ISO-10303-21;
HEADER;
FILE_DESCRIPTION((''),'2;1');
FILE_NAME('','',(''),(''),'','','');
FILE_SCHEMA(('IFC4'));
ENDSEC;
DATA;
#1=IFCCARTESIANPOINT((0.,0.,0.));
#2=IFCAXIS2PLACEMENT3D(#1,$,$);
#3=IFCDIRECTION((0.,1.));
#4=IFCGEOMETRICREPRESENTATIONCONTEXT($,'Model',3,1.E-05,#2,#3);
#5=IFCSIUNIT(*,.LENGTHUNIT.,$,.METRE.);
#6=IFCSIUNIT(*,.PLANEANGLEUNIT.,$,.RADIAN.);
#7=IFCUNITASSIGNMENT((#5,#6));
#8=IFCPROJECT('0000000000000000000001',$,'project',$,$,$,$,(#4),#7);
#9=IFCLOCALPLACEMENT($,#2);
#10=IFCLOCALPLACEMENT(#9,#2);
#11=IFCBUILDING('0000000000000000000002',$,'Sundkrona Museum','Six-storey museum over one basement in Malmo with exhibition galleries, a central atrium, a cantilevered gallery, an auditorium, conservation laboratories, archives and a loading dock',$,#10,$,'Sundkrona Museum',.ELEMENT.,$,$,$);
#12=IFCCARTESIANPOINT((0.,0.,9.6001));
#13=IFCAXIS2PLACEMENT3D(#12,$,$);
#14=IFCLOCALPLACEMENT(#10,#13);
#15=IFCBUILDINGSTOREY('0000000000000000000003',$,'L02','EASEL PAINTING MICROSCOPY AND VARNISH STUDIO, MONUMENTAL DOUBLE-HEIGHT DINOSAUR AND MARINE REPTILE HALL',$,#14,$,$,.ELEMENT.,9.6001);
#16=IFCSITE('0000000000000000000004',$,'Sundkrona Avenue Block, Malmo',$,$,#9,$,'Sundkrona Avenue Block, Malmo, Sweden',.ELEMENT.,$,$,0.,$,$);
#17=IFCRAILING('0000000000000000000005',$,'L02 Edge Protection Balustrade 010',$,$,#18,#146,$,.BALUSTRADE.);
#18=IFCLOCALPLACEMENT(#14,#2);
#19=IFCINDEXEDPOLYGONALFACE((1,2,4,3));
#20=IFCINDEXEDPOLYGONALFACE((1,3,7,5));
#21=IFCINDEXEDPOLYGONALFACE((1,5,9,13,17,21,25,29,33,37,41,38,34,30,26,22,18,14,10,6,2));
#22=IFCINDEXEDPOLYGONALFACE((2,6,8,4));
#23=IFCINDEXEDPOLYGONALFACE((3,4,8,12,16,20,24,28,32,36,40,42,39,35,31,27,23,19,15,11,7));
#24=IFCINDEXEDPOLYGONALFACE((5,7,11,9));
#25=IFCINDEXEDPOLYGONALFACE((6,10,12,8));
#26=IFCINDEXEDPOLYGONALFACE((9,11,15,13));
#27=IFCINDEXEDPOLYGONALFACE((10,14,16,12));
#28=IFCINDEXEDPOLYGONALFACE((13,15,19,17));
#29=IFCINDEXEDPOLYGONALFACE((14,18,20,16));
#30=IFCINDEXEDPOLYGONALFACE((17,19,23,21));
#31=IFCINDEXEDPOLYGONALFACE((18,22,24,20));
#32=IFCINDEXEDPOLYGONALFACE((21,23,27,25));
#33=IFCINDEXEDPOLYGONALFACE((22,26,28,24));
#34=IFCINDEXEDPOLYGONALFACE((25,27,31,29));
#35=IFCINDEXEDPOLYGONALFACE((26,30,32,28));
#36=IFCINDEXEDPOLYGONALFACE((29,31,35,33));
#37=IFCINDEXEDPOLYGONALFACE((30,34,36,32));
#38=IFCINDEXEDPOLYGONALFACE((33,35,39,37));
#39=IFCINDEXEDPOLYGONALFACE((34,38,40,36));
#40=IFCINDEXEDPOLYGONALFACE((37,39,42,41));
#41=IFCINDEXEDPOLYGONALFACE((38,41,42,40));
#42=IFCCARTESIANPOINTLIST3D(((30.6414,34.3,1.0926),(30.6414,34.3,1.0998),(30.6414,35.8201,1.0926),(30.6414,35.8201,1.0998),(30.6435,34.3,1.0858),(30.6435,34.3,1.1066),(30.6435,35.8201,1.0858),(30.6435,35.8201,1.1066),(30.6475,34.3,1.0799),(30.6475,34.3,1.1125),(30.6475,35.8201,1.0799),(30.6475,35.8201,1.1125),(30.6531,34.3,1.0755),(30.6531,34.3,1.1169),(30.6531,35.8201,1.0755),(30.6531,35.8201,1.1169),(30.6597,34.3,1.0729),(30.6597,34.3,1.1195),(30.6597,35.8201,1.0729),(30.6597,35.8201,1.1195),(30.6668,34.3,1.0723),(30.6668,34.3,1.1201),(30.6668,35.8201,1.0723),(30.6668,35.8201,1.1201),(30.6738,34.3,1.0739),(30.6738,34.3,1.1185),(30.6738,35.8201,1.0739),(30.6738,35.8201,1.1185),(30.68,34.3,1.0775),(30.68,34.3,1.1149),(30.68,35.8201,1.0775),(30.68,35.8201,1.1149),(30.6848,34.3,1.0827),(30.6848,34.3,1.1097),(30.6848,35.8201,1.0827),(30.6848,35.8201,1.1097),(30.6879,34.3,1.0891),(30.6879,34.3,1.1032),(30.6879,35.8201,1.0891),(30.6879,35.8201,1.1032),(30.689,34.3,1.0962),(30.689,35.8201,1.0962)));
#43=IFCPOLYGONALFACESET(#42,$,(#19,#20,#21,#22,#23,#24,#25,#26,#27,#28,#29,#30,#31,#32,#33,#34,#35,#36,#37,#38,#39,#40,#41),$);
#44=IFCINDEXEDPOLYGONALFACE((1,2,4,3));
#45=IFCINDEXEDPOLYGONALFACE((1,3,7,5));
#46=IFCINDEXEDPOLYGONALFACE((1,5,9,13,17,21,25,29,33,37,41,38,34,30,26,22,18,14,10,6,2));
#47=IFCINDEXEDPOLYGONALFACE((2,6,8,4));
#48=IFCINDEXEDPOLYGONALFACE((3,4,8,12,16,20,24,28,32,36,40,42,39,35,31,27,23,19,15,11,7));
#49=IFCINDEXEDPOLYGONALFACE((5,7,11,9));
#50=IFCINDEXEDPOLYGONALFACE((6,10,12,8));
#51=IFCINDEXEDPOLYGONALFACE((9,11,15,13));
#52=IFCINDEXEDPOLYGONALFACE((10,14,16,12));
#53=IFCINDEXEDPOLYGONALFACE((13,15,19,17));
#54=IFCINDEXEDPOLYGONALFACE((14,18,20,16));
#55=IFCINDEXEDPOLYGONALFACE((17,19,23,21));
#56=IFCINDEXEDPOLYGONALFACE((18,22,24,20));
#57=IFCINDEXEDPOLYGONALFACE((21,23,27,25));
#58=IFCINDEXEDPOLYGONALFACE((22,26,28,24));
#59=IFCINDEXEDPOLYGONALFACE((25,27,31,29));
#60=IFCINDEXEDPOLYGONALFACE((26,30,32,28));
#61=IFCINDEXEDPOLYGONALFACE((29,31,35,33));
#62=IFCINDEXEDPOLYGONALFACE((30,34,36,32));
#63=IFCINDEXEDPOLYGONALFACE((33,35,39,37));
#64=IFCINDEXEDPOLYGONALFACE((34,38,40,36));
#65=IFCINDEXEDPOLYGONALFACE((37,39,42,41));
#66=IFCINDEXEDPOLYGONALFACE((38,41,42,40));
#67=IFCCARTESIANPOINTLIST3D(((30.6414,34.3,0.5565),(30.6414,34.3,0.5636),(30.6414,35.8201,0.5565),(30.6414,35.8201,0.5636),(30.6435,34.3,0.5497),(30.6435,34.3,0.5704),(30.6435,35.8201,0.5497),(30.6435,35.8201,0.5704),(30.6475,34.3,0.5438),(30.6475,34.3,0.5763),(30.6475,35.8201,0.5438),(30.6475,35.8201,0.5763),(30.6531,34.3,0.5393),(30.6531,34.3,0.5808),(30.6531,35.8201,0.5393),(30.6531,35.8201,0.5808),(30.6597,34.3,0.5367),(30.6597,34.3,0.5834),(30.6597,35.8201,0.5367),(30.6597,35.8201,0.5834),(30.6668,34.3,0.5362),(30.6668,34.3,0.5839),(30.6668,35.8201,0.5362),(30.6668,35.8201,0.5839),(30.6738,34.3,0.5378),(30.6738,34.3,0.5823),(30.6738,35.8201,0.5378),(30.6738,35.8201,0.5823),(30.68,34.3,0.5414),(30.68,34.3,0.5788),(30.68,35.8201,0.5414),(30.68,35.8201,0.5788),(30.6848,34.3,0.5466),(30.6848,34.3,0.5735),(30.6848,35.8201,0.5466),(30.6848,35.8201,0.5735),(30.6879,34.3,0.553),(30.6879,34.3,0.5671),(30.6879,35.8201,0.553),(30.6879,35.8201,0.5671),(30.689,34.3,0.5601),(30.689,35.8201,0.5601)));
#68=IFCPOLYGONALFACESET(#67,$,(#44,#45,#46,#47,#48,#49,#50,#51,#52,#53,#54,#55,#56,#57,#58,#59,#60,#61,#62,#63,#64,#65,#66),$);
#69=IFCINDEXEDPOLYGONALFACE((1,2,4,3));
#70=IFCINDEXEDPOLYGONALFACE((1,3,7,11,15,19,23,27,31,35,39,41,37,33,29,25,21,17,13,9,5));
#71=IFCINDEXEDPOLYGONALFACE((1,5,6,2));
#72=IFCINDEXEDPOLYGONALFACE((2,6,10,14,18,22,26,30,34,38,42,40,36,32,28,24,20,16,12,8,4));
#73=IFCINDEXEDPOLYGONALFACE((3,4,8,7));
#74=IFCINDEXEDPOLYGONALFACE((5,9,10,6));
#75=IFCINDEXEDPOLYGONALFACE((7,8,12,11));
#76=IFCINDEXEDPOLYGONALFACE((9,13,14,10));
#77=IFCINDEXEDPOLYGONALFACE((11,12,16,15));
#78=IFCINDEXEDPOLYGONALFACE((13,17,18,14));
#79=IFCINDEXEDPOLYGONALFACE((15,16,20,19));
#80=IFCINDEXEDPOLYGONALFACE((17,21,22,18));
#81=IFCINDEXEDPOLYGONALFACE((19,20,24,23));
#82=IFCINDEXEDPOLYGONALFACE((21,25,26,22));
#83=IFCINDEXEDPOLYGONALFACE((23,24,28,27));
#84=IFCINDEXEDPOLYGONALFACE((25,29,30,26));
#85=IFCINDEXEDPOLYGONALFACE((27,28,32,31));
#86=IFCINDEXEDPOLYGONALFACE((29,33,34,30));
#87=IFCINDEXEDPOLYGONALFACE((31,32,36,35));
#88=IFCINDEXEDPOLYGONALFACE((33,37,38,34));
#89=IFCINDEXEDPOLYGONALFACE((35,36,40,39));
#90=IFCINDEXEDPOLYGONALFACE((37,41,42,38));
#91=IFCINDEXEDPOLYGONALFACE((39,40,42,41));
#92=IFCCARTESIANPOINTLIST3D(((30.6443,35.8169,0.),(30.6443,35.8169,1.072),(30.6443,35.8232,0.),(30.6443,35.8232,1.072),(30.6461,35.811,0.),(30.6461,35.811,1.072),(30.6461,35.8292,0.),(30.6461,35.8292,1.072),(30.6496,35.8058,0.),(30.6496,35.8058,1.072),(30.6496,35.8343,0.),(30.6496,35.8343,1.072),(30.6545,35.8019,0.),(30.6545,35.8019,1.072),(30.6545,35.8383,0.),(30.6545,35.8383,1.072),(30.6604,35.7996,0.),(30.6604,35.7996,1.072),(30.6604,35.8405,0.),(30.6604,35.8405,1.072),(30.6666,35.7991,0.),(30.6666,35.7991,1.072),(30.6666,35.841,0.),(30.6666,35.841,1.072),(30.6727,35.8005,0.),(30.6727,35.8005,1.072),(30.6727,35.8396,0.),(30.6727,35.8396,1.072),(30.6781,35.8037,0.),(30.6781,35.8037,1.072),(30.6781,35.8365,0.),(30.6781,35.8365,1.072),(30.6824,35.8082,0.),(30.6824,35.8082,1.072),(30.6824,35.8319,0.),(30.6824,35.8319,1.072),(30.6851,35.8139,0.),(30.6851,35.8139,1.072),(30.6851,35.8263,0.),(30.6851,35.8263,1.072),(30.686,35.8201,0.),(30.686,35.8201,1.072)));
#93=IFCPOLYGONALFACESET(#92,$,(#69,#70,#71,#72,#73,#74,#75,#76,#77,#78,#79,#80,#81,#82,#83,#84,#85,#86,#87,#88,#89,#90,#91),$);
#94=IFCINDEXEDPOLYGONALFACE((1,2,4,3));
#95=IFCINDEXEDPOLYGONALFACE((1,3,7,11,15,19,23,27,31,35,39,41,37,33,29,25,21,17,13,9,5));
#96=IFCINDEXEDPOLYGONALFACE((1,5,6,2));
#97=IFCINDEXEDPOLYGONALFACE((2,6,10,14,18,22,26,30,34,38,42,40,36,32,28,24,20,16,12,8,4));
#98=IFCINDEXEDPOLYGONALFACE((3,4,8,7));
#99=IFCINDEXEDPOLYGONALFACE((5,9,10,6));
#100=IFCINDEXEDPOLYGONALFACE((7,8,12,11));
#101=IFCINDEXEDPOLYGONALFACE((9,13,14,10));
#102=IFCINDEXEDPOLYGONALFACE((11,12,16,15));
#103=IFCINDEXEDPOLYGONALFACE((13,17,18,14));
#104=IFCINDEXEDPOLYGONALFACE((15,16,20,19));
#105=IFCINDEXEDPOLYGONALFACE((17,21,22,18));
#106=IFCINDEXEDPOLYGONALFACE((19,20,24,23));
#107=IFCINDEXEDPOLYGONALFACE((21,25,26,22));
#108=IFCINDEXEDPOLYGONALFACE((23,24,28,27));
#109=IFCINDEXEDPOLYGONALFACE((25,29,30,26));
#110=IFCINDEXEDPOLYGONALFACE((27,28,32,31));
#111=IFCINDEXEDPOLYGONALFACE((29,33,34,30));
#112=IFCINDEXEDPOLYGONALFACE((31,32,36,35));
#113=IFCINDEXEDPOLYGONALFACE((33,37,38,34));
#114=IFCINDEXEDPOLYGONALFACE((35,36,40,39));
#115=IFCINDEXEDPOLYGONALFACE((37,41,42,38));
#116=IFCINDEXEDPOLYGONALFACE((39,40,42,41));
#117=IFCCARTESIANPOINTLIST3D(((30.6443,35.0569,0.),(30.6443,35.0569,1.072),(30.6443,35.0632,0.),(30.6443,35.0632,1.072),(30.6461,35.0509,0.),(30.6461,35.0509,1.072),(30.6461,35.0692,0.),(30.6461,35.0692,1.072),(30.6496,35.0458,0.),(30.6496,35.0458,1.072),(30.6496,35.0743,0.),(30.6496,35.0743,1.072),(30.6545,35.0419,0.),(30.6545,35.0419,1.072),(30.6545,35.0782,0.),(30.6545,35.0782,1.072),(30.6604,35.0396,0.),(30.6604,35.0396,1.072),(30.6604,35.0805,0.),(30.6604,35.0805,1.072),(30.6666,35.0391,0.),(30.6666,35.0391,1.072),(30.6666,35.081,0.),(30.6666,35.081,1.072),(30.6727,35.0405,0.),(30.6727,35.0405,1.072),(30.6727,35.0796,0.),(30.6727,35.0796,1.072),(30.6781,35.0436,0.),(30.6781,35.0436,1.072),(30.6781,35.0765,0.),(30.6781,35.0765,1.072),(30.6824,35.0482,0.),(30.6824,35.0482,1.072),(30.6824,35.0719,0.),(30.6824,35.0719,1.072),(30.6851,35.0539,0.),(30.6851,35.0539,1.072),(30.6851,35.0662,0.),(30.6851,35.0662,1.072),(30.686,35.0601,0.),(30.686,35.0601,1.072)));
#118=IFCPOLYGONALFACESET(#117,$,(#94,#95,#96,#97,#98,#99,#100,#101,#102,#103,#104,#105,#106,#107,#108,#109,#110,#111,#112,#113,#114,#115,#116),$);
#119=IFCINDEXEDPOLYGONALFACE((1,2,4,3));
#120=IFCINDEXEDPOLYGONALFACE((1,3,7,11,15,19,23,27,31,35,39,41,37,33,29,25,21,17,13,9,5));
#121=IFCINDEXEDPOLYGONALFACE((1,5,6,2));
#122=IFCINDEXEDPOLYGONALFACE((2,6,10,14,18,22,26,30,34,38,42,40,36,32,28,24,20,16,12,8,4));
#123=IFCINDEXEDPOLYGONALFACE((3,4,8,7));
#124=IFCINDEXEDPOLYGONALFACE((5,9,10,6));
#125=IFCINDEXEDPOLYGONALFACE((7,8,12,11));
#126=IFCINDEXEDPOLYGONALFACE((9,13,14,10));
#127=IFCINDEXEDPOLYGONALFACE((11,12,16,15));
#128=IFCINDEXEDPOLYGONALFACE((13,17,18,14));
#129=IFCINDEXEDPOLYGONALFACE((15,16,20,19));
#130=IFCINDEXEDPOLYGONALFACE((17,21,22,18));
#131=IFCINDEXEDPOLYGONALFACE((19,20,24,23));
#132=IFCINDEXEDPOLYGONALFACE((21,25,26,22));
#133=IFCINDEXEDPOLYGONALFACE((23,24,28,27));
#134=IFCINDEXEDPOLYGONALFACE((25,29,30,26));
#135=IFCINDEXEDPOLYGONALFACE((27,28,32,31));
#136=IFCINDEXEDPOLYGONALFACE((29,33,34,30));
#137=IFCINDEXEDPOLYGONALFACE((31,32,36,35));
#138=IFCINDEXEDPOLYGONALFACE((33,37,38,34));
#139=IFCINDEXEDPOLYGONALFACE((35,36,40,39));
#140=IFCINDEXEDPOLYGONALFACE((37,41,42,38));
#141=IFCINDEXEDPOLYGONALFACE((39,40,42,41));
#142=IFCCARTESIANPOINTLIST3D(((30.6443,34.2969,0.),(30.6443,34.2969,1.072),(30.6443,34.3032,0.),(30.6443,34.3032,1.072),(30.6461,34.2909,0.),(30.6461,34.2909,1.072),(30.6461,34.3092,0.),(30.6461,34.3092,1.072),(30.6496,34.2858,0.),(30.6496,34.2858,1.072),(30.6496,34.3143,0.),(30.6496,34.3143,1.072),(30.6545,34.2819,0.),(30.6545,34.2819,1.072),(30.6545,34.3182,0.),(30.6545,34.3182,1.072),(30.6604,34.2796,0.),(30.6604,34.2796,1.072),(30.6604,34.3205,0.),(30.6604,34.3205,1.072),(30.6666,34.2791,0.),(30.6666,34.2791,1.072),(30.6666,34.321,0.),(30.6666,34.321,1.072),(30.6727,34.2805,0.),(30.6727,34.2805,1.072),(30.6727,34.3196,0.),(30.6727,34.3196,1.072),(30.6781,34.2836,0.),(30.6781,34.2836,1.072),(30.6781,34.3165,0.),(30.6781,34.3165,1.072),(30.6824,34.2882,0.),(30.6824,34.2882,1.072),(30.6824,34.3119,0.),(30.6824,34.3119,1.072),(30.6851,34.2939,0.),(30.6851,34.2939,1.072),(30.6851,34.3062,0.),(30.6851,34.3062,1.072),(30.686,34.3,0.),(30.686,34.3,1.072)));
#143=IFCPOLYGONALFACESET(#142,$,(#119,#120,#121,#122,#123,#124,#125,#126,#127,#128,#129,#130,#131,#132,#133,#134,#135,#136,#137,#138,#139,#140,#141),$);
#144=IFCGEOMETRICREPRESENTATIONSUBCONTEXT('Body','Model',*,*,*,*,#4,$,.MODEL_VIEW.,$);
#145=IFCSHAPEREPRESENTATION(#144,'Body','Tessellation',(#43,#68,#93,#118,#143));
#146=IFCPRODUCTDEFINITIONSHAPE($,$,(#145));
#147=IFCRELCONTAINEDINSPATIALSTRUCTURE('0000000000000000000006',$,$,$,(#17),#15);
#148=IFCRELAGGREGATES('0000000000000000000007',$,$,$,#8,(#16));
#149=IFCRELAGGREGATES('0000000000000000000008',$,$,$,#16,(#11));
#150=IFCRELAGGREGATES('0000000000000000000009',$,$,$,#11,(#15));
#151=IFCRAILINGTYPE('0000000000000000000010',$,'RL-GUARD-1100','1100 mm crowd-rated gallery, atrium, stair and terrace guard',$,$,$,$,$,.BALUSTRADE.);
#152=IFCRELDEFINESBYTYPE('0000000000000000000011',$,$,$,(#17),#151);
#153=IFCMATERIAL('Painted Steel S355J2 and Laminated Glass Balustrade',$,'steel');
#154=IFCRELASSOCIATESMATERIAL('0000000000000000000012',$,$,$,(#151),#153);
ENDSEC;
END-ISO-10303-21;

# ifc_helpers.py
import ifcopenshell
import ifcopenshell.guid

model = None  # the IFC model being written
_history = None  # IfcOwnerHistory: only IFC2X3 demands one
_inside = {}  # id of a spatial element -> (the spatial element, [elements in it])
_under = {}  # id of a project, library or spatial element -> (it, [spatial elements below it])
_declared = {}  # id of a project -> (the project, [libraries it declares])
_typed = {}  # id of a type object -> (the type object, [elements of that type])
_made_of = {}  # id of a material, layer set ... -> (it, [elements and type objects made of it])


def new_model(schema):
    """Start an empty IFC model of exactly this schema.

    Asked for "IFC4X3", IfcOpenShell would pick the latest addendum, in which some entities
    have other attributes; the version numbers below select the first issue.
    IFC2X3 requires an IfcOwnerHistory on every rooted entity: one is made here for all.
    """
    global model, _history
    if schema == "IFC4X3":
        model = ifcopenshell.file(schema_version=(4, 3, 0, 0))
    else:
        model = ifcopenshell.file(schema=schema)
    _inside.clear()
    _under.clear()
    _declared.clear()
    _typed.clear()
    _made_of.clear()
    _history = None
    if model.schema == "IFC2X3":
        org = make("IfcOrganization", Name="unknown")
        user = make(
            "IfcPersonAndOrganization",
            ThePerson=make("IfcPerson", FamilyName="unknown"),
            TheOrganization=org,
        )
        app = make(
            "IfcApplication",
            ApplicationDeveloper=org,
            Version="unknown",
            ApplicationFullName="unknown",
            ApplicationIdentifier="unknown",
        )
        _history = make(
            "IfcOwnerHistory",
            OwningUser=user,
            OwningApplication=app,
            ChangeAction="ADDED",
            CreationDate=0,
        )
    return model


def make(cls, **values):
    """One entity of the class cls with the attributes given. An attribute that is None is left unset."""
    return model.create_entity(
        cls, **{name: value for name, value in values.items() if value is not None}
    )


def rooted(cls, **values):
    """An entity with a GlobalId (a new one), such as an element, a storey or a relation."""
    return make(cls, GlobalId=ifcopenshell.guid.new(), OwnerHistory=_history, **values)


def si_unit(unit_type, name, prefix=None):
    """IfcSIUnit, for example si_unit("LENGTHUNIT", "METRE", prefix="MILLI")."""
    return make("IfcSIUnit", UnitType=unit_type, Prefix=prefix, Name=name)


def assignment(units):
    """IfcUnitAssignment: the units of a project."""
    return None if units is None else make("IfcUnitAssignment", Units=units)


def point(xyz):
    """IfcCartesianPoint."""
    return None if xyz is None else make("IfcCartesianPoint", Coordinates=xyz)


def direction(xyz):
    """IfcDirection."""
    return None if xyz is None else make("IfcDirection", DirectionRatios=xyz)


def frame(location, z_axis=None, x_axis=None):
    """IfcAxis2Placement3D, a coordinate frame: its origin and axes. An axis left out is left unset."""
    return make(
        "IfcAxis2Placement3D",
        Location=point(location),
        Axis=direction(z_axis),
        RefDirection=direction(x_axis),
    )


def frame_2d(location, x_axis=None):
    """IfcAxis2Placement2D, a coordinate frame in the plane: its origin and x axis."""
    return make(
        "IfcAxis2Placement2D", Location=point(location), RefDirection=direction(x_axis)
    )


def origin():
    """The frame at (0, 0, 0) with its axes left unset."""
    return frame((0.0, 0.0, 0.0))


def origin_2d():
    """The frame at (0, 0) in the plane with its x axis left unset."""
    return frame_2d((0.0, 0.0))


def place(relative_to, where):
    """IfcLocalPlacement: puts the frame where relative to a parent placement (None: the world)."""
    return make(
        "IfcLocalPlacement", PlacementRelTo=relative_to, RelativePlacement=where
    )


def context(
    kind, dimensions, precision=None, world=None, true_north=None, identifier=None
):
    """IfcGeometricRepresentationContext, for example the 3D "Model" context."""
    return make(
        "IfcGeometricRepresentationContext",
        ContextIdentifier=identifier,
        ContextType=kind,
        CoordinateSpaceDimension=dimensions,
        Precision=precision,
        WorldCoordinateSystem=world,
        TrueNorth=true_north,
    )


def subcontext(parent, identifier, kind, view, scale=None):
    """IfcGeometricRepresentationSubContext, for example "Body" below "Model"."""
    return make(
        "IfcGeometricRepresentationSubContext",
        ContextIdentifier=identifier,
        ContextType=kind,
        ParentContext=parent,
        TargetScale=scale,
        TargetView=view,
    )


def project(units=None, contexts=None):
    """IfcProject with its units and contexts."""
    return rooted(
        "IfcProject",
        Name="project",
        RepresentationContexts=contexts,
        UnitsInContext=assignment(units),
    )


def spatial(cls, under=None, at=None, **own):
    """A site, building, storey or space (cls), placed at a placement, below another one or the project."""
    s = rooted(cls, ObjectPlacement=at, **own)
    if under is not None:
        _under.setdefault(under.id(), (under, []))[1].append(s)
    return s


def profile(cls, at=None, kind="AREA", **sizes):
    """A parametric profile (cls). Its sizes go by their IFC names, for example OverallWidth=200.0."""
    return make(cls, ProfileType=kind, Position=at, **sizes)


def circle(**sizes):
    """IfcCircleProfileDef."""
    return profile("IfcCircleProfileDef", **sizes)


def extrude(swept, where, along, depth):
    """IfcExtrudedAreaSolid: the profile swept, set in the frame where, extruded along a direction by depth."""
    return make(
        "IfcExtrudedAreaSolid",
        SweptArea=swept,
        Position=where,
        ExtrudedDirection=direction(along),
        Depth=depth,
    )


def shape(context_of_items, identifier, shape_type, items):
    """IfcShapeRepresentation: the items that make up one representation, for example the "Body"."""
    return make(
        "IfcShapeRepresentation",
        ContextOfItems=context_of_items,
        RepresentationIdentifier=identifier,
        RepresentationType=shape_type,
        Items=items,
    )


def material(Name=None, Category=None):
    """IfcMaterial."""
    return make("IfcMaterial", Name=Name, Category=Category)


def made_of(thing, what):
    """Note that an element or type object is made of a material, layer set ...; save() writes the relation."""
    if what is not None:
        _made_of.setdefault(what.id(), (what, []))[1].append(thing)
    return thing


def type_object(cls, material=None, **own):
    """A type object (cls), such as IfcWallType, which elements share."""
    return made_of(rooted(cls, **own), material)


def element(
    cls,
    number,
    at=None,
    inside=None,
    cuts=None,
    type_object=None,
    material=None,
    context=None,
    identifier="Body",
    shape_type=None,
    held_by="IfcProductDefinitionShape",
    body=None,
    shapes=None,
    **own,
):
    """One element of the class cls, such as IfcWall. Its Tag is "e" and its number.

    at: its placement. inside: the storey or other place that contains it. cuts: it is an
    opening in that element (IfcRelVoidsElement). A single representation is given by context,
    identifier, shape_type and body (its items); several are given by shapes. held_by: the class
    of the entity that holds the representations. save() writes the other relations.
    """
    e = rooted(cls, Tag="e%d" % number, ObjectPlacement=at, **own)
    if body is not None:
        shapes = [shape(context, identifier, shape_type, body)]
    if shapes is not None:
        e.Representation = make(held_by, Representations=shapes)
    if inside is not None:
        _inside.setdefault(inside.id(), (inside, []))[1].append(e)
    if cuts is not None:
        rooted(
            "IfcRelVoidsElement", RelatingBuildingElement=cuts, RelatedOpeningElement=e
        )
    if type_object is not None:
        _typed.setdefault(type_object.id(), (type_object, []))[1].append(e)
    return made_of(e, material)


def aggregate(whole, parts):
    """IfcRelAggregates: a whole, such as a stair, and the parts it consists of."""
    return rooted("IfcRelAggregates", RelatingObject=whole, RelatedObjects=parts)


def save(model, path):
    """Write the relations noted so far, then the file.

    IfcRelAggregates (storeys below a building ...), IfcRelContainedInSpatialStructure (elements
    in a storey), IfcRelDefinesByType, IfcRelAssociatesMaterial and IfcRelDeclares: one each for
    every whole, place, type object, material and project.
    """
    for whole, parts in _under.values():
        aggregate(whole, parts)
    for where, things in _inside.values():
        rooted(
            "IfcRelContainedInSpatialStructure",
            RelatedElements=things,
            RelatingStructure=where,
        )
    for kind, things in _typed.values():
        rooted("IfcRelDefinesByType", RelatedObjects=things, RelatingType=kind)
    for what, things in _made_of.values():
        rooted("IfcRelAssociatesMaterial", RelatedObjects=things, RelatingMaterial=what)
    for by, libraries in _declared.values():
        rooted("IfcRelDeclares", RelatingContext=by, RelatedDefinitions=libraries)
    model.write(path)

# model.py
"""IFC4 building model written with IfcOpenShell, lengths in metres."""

from ifc_helpers import new_model, si_unit, direction, frame, origin, origin_2d, place, context, subcontext, project, spatial, circle, extrude, material, type_object, element, save


model = new_model("IFC4")

# Units and contexts
model_context = context("Model", 3, precision=1e-05, world=origin(), true_north=direction((0.0, 1.0)))
body_context = subcontext(model_context, "Body", "Model", "MODEL_VIEW")
ifc_project = project(units=[si_unit("LENGTHUNIT", "METRE"), si_unit("PLANEANGLEUNIT", "RADIAN")], contexts=[model_context])

# Site, building, storey
site_placement = place(None, origin())
site = spatial("IfcSite", under=ifc_project, at=site_placement, Name="Sundkrona Avenue Block, Malmo", LongName="Sundkrona Avenue Block, Malmo, Sweden", CompositionType="ELEMENT", RefElevation=0.0)
building_placement = place(site_placement, origin())
building = spatial("IfcBuilding", under=site, at=building_placement, Name="Sundkrona Museum", Description="Six-storey museum over one basement in Malmo with exhibition galleries, a central atrium, a cantilevered gallery, an auditorium, conservation laboratories, archives and a loading dock", LongName="Sundkrona Museum", CompositionType="ELEMENT")
storey_placement = place(building_placement, frame((0.0, 0.0, 9.6001)))
storey = spatial("IfcBuildingStorey", under=building, at=storey_placement, Name="L02", Description="EASEL PAINTING MICROSCOPY AND VARNISH STUDIO, MONUMENTAL DOUBLE-HEIGHT DINOSAUR AND MARINE REPTILE HALL", CompositionType="ELEMENT", Elevation=9.6001)

# Railing
ifc_material_1 = material(Name="Painted Steel S355J2 and Laminated Glass Balustrade", Category="steel")
railing_type_1 = type_object("IfcRailingType", Name="RL-GUARD-1100", Description="1100 mm crowd-rated gallery, atrium, stair and terrace guard", PredefinedType="BALUSTRADE", material=ifc_material_1)
for number, where, name in (
    (1, (30.665, 35.8201, 0.0), "L02 Edge Protection Balustrade 010"),
):
    element("IfcRailing", number, at=place(storey_placement, frame(where)), inside=storey, type_object=railing_type_1, Name=name, PredefinedType="BALUSTRADE", context=body_context, shape_type="SweptSolid", body=[
        extrude(circle(Radius=0.0239, at=origin_2d()), frame((0.0, 0.0, 1.0962), z_axis=(0.0, -1.0, 0.0), x_axis=(1.0, 0.0, 0.0)), (0.0, 0.0, 1.0), 1.52),
        extrude(circle(Radius=0.0239, at=origin_2d()), frame((0.0, 0.0, 0.5601), z_axis=(0.0, -1.0, 0.0), x_axis=(1.0, 0.0, 0.0)), (0.0, 0.0, 1.0), 1.52),
        extrude(circle(Radius=0.021, at=origin_2d()), origin(), (0.0, 0.0, 1.0), 1.072),
        extrude(circle(Radius=0.021, at=origin_2d()), frame((0.0, -0.76, 0.0)), (0.0, 0.0, 1.0), 1.072),
        extrude(circle(Radius=0.021, at=origin_2d()), frame((0.0, -1.52, 0.0)), (0.0, 0.0, 1.0), 1.072),
    ])

save(model, "model.ifc")
